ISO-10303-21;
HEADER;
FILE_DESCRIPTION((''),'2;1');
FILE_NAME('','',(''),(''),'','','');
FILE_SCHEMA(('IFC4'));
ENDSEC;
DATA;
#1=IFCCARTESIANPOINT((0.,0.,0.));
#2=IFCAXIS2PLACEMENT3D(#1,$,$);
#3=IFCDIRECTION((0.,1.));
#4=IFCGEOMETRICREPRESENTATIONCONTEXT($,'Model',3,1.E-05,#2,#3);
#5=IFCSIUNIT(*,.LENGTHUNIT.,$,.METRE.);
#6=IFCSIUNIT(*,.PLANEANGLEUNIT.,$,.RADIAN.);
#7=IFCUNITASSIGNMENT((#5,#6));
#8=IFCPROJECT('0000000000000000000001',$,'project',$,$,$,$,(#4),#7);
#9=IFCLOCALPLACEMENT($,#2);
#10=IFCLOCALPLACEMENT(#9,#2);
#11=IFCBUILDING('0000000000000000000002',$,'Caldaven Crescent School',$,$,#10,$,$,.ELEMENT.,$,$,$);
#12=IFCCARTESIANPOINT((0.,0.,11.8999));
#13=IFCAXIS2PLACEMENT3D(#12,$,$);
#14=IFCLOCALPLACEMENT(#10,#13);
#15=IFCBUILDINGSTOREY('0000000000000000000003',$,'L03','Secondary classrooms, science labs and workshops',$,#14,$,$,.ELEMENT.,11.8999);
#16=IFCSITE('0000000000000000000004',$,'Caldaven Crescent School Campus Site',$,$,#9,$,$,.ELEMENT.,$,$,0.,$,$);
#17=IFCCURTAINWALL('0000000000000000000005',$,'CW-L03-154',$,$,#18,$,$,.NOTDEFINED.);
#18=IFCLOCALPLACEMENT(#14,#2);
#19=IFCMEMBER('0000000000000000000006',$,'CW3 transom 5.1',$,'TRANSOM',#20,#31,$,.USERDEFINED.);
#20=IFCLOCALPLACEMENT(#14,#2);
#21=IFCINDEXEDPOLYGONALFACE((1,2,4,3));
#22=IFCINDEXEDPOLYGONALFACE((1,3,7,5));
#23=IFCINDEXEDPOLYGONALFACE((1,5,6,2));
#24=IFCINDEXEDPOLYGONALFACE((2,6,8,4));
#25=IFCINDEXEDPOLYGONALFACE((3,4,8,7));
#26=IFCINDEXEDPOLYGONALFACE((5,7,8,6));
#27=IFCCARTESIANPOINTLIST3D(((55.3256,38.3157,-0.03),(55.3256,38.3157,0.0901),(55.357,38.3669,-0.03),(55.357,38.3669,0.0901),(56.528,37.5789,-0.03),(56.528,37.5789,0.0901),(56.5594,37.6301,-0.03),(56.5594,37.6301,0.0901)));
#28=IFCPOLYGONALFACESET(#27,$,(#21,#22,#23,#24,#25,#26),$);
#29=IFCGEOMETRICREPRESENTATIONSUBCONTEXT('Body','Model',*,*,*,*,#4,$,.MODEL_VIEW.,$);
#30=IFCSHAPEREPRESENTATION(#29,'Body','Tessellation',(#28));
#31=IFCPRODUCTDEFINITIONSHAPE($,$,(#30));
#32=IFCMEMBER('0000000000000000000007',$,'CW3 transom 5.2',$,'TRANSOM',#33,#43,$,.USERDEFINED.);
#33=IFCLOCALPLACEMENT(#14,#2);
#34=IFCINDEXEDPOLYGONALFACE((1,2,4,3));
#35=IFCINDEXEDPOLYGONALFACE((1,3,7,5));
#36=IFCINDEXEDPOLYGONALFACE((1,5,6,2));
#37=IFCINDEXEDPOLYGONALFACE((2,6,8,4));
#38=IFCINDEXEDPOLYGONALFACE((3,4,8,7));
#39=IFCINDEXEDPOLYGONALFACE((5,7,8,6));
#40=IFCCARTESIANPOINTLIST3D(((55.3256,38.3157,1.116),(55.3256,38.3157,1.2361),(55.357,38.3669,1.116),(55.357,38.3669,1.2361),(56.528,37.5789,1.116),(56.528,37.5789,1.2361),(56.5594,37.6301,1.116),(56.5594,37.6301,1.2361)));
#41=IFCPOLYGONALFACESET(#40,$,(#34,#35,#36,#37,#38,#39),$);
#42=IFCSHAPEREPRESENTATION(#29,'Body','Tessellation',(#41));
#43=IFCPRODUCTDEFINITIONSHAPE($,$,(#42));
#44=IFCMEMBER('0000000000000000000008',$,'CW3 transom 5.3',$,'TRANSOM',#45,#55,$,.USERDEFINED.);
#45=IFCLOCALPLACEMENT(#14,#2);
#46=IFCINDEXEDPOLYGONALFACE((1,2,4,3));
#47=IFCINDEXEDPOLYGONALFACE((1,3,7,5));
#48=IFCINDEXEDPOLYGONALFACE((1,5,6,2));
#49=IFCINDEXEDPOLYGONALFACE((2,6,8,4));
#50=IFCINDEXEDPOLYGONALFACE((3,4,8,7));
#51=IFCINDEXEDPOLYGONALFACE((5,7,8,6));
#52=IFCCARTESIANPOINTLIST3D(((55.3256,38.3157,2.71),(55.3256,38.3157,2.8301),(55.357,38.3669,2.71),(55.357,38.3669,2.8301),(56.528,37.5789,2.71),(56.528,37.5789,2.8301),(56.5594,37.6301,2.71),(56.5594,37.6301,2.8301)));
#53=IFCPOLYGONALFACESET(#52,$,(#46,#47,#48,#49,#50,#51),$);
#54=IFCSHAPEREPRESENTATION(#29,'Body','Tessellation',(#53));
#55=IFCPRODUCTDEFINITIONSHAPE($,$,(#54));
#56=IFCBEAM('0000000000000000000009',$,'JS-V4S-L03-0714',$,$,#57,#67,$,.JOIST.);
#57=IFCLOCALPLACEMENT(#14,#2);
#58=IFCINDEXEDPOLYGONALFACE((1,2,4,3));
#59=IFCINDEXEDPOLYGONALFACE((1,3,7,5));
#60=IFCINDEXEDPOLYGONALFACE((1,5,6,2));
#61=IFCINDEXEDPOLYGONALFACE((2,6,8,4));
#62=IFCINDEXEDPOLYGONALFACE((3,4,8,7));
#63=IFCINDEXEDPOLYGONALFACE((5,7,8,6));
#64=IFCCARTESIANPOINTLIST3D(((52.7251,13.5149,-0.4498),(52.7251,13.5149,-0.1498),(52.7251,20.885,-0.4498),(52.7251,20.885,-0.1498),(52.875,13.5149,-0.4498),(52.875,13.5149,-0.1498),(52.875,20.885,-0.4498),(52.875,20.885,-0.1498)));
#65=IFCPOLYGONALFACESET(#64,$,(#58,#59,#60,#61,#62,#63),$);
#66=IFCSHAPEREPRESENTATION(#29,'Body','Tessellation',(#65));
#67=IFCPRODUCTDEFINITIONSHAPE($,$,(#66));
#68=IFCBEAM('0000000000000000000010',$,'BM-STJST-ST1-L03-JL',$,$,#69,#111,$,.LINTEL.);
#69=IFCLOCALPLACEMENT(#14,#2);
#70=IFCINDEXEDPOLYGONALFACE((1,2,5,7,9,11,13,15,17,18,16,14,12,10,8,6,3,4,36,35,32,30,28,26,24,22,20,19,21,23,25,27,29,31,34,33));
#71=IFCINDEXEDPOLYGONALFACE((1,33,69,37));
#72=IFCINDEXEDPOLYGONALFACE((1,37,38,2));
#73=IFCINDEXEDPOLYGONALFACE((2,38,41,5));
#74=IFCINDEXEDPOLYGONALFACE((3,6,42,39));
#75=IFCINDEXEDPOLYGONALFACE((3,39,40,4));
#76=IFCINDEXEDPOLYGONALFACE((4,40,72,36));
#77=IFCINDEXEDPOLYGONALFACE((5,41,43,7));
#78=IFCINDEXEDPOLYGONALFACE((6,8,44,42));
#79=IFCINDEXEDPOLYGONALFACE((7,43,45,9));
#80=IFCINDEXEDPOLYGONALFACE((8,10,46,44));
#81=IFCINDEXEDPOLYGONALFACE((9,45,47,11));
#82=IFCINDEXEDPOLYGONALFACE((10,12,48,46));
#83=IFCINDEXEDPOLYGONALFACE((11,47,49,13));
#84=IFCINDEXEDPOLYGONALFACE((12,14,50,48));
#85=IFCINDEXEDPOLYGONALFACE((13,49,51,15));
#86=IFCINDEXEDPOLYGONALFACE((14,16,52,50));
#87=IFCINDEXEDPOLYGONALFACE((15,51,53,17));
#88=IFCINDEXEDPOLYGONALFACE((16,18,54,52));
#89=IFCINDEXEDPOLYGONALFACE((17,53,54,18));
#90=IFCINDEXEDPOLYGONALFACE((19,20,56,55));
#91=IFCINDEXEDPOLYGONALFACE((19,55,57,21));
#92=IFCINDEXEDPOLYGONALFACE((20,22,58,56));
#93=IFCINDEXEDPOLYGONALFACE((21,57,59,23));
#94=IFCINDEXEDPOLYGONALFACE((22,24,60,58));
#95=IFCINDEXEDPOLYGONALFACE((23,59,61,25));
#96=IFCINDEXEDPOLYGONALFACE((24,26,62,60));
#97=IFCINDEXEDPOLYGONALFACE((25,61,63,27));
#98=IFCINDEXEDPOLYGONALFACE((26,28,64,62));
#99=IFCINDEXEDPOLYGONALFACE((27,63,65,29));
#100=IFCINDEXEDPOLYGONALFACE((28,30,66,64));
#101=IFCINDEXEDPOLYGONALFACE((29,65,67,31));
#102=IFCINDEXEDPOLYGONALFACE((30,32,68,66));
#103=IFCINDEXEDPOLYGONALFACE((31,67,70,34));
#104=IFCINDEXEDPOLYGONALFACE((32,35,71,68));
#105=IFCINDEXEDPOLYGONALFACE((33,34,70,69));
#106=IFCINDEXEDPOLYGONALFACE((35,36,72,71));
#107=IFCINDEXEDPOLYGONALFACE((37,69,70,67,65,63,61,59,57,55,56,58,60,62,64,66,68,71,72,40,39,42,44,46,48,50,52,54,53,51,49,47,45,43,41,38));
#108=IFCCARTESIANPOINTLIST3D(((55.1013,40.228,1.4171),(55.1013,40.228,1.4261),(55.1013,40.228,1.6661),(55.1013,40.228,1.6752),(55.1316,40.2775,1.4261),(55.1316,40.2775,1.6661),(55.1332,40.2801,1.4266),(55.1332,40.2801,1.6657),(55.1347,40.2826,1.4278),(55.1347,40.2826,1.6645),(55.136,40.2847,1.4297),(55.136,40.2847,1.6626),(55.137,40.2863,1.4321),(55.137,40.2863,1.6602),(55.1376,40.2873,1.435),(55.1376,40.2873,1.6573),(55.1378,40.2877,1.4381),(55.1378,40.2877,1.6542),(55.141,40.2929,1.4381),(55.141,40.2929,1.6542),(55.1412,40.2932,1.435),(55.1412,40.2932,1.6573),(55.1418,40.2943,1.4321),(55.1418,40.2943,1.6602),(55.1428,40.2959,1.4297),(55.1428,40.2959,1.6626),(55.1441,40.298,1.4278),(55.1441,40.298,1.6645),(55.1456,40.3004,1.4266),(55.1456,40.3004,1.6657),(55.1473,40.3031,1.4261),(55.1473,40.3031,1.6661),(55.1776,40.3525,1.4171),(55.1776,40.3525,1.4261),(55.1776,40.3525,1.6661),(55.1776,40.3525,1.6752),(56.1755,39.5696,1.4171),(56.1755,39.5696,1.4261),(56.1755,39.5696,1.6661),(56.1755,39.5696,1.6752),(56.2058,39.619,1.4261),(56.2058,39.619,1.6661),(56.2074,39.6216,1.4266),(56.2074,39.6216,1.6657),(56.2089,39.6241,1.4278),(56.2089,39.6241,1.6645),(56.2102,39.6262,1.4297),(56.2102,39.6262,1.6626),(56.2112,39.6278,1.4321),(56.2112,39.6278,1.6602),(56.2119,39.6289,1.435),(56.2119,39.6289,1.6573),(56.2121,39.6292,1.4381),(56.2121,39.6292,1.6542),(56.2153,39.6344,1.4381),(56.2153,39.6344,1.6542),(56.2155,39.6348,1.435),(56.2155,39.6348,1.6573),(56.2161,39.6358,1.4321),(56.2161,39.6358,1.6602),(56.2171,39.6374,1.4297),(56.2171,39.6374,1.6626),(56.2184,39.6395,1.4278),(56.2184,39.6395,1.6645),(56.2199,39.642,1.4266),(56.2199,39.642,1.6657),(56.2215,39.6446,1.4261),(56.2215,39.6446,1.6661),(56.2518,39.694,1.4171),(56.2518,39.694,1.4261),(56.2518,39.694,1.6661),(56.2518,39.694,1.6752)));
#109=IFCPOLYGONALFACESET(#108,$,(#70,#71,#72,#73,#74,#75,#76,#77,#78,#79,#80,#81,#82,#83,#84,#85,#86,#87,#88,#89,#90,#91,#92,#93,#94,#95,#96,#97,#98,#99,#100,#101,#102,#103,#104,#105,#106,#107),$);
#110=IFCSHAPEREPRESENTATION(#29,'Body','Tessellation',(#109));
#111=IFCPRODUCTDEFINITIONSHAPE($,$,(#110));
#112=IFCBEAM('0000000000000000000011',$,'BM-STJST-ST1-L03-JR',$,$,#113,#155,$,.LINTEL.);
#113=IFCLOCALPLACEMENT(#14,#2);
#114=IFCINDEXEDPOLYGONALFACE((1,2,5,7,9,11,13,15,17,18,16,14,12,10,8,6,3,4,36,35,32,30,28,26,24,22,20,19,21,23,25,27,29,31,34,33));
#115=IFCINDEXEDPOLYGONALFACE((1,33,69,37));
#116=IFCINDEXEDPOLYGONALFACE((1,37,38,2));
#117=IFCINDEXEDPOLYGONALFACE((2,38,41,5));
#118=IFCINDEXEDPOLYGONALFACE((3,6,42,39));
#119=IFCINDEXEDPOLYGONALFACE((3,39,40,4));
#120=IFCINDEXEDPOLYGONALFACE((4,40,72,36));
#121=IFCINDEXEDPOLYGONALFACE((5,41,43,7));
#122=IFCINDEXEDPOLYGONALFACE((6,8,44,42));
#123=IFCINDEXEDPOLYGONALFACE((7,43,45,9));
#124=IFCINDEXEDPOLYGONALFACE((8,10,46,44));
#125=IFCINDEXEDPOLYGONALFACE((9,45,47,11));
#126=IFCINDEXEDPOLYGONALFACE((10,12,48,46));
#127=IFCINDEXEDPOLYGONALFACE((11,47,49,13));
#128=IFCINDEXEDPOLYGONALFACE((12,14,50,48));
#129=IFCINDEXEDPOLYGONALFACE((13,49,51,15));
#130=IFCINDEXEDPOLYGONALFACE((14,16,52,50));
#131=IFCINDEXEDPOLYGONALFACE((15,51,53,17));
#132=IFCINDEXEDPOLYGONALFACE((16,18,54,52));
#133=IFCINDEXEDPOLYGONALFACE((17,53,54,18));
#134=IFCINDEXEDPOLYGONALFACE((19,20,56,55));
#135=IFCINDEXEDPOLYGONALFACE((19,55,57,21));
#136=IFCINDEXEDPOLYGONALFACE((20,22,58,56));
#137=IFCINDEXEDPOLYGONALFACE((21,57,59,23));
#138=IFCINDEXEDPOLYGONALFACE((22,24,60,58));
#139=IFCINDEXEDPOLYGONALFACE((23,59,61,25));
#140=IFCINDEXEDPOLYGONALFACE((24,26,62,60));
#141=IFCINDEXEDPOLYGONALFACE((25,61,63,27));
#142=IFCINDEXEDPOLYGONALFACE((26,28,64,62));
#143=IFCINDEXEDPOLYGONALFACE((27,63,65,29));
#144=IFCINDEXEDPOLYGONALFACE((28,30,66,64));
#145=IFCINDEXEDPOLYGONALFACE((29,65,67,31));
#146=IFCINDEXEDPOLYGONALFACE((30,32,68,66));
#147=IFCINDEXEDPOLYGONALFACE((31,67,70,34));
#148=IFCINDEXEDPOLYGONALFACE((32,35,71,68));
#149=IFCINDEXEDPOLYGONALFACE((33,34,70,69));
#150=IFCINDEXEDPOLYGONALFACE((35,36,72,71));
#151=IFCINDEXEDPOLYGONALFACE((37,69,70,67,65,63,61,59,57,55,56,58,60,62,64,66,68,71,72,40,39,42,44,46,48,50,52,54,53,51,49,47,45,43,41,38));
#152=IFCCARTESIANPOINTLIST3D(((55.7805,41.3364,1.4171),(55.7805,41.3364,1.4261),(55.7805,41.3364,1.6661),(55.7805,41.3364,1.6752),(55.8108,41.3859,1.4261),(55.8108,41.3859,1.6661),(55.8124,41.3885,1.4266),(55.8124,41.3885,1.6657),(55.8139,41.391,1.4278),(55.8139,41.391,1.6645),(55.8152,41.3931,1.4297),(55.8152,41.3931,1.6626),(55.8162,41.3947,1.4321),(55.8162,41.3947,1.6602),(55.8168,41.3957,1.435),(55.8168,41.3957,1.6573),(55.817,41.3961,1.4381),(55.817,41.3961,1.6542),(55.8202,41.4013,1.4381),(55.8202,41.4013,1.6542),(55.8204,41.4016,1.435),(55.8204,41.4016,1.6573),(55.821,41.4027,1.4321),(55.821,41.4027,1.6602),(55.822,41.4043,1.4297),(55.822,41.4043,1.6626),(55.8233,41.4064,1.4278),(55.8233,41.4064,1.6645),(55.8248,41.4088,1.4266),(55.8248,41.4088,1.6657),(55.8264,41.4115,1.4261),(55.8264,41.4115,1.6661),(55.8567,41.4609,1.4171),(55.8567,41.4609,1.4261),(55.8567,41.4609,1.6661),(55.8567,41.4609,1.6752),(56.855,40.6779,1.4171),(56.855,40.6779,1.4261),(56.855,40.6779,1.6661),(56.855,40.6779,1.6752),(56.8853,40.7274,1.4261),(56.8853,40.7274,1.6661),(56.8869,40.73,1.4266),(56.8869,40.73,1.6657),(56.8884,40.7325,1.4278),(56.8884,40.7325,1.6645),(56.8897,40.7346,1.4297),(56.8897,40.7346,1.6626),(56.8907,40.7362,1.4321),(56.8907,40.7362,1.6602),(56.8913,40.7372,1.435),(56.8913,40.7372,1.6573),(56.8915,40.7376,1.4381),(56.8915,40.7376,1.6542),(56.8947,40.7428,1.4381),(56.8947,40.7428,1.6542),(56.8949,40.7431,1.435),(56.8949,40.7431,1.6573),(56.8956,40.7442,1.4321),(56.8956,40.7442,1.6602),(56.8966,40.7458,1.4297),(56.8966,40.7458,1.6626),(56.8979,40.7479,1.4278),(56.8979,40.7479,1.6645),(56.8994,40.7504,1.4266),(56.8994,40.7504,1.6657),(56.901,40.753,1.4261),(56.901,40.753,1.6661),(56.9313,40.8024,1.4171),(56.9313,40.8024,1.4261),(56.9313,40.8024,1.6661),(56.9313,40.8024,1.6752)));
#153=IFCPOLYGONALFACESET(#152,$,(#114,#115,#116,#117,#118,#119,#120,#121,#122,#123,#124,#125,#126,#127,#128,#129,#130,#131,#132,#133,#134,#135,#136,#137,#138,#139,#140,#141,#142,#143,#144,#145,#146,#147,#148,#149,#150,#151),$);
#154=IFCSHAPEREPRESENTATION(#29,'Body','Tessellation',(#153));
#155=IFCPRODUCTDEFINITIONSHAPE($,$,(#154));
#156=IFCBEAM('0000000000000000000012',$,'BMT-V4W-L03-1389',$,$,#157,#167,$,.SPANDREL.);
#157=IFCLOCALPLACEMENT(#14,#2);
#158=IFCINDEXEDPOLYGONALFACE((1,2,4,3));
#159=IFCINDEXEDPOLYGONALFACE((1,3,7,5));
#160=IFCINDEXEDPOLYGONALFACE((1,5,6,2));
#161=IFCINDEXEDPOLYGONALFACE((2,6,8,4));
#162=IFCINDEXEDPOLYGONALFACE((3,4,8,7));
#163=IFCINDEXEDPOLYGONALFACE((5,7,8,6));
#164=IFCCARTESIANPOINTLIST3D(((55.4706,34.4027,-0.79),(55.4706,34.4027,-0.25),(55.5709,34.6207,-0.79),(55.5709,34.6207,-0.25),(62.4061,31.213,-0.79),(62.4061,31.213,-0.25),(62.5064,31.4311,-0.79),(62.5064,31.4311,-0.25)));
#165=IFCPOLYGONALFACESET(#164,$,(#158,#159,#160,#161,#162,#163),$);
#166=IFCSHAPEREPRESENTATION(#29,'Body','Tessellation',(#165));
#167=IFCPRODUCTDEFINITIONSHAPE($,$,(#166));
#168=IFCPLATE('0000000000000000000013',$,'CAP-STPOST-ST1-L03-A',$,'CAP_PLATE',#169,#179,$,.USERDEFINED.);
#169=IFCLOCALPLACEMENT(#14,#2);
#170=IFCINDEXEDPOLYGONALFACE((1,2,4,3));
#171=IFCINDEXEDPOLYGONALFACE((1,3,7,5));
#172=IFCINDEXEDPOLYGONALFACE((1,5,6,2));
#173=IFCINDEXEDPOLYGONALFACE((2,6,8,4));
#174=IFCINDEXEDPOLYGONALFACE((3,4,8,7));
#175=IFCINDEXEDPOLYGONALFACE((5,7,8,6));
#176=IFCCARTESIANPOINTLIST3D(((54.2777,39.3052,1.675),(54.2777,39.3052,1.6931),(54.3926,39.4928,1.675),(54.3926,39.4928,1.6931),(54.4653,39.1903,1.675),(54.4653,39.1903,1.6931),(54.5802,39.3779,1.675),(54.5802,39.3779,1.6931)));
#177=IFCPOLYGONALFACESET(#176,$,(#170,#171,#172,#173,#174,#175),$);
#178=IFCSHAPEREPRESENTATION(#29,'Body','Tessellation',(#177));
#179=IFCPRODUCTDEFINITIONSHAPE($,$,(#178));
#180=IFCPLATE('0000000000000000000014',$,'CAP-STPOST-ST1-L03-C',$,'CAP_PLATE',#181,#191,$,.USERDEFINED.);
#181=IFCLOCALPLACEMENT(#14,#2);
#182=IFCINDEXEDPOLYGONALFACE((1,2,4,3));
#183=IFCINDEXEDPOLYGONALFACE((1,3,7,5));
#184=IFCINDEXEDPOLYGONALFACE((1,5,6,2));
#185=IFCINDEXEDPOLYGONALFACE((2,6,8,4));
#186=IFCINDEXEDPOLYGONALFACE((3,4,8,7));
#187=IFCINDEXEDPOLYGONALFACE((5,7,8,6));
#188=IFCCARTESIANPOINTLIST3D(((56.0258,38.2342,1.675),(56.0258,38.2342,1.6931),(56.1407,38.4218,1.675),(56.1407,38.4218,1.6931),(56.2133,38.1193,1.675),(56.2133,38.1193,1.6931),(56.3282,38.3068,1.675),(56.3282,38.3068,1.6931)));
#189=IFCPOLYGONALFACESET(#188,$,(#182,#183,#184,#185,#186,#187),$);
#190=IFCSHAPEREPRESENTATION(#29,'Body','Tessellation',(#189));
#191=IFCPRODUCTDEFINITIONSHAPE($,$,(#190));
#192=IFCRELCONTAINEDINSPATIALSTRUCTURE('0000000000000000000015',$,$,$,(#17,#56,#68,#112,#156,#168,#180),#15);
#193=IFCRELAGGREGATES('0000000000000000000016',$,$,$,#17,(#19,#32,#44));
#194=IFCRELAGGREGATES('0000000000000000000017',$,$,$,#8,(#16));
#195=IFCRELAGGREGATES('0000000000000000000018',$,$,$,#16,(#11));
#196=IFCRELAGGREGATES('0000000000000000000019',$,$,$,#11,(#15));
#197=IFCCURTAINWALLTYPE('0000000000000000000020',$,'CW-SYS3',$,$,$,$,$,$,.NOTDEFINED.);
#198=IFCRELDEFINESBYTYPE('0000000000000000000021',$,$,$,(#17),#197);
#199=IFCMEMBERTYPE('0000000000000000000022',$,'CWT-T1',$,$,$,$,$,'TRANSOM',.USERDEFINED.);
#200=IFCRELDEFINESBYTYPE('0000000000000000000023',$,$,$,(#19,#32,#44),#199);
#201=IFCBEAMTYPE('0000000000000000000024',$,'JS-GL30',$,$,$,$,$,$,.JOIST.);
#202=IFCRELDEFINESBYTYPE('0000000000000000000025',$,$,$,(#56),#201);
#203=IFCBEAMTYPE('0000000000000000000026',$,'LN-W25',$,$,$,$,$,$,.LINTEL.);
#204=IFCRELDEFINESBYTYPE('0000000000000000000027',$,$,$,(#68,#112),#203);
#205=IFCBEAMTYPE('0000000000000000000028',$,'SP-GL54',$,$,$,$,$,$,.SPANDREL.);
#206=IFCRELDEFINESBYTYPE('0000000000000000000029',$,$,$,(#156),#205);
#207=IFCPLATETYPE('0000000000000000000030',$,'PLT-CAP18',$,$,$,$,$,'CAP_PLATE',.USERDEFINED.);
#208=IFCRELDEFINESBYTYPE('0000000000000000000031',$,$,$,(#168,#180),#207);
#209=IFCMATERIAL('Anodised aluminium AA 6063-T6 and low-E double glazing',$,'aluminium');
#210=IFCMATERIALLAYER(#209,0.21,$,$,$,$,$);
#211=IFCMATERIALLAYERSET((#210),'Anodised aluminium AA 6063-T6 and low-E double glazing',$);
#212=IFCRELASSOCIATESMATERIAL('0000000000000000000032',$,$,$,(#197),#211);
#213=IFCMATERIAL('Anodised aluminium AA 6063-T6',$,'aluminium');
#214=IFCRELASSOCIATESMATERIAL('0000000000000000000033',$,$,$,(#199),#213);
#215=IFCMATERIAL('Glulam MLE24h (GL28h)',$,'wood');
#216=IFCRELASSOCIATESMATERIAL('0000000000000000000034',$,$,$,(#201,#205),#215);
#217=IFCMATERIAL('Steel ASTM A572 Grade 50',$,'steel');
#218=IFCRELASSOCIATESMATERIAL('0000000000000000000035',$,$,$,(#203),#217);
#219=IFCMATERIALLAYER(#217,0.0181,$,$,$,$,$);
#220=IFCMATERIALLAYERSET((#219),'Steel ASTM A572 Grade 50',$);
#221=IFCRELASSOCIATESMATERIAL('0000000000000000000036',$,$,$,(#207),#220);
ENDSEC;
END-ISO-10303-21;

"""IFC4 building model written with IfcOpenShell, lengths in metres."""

from ifc_helpers import new_model, si_unit, direction, frame, origin, origin_2d, place, context, subcontext, project, spatial, rectangle, i_section, extrude, material, layer, layer_set, material_profile, profile_set, type_object, element, aggregate, save


model = new_model("IFC4")

# Units and contexts
model_context = context("Model", 3, precision=1e-05, world=origin(), true_north=direction((0.0, 1.0)))
body_context = subcontext(model_context, "Body", "Model", "MODEL_VIEW")
ifc_project = project(units=[si_unit("LENGTHUNIT", "METRE"), si_unit("PLANEANGLEUNIT", "RADIAN")], contexts=[model_context])

# Site, building, storey
site_placement = place(None, origin())
site = spatial("IfcSite", under=ifc_project, at=site_placement, Name="Caldaven Crescent School Campus Site", CompositionType="ELEMENT", RefElevation=0.0)
building_placement = place(site_placement, origin())
building = spatial("IfcBuilding", under=site, at=building_placement, Name="Caldaven Crescent School", CompositionType="ELEMENT")
storey_placement = place(building_placement, frame((0.0, 0.0, 11.8999)))
storey = spatial("IfcBuildingStorey", under=building, at=storey_placement, Name="L03", Description="Secondary classrooms, science labs and workshops", CompositionType="ELEMENT", Elevation=11.8999)

# Shared definitions
ifc_material_1 = material(Name="Steel ASTM A572 Grade 50", Category="steel")

# Curtain wall, members
ifc_material_2 = material(Name="Anodised aluminium AA 6063-T6 and low-E double glazing", Category="aluminium")
ifc_layer_1 = layer(ifc_material_2, 0.21)
ifc_layer_set_1 = layer_set([ifc_layer_1], Name="Anodised aluminium AA 6063-T6 and low-E double glazing")
curtain_wall_type = type_object("IfcCurtainWallType", Name="CW-SYS3", PredefinedType="NOTDEFINED", material=ifc_layer_set_1)
curtain_wall_placement = place(storey_placement, origin())
curtain_wall = element("IfcCurtainWall", 1, at=curtain_wall_placement, inside=storey, type_object=curtain_wall_type, Name="CW-L03-154", PredefinedType="NOTDEFINED")
ifc_material_3 = material(Name="Anodised aluminium AA 6063-T6", Category="aluminium")
ifc_material_profile_1 = material_profile(ifc_material_3, rectangle(XDim=0.0601, YDim=0.1201, at=origin_2d()), Name="CWT 60x120")
ifc_profile_set_1 = profile_set([ifc_material_profile_1], Name="Anodised aluminium AA 6063-T6")
member_type_1 = type_object("IfcMemberType", Name="CWT-T1", ElementType="TRANSOM", PredefinedType="USERDEFINED", material=ifc_profile_set_1)
member_1_placement = place(storey_placement, frame((55.3413, 38.3413, 0.03), z_axis=(0.852644, -0.522493, 0.0), x_axis=(0.522493, 0.852644, 0.0)))
member_1 = element("IfcMember", 2, at=member_1_placement, type_object=member_type_1, Name="CW3 transom 5.1", ObjectType="TRANSOM", PredefinedType="USERDEFINED", context=body_context, shape_type="SweptSolid", body=[
    extrude(rectangle(XDim=0.0601, YDim=0.1201, at=origin_2d()), origin(), (0.0, 0.0, 1.0), 1.4102),
])
member_2_placement = place(storey_placement, frame((55.3413, 38.3413, 1.176), z_axis=(0.852644, -0.522493, 0.0), x_axis=(0.522493, 0.852644, 0.0)))
member_2 = element("IfcMember", 3, at=member_2_placement, type_object=member_type_1, Name="CW3 transom 5.2", ObjectType="TRANSOM", PredefinedType="USERDEFINED", context=body_context, shape_type="SweptSolid", body=[
    extrude(rectangle(XDim=0.0601, YDim=0.1201, at=origin_2d()), origin(), (0.0, 0.0, 1.0), 1.4102),
])
member_3_placement = place(storey_placement, frame((55.3413, 38.3413, 2.77), z_axis=(0.852644, -0.522493, 0.0), x_axis=(0.522493, 0.852644, 0.0)))
member_3 = element("IfcMember", 4, at=member_3_placement, type_object=member_type_1, Name="CW3 transom 5.3", ObjectType="TRANSOM", PredefinedType="USERDEFINED", context=body_context, shape_type="SweptSolid", body=[
    extrude(rectangle(XDim=0.0601, YDim=0.1201, at=origin_2d()), origin(), (0.0, 0.0, 1.0), 1.4102),
])

# Beams
ifc_material_4 = material(Name="Glulam MLE24h (GL28h)", Category="wood")
ifc_material_profile_2 = material_profile(ifc_material_4, rectangle(XDim=0.1499, YDim=0.3, at=origin_2d()), Name="MLE 150x300")
ifc_profile_set_2 = profile_set([ifc_material_profile_2], Name="Glulam MLE24h (GL28h)")
beam_type_1 = type_object("IfcBeamType", Name="JS-GL30", PredefinedType="JOIST", material=ifc_profile_set_2)
beam_1_placement = place(storey_placement, frame((52.8, 13.5149, -0.2998), z_axis=(0.0, 1.0, 0.0), x_axis=(-1.0, 0.0, 0.0)))
element("IfcBeam", 5, at=beam_1_placement, inside=storey, type_object=beam_type_1, Name="JS-V4S-L03-0714", PredefinedType="JOIST", context=body_context, shape_type="SweptSolid", body=[
    extrude(rectangle(XDim=0.1499, YDim=0.3, at=origin_2d()), origin(), (0.0, 0.0, 1.0), 7.3701),
])
ifc_material_profile_3 = material_profile(ifc_material_1, i_section(OverallWidth=0.146, OverallDepth=0.2581, WebThickness=0.0061, FlangeThickness=0.009, FilletRadius=0.012, at=origin_2d()), Name="W250x33")
ifc_profile_set_3 = profile_set([ifc_material_profile_3], Name="Steel ASTM A572 Grade 50")
beam_type_2 = type_object("IfcBeamType", Name="LN-W25", PredefinedType="LINTEL", material=ifc_profile_set_3)
beam_2_placement = place(storey_placement, frame((55.1394, 40.2903, 1.5461), z_axis=(0.852582, -0.522594, 0.0), x_axis=(0.522594, 0.852582, 0.0)))
element("IfcBeam", 6, at=beam_2_placement, inside=storey, type_object=beam_type_2, Name="BM-STJST-ST1-L03-JL", PredefinedType="LINTEL", context=body_context, shape_type="SweptSolid", body=[
    extrude(i_section(OverallWidth=0.146, OverallDepth=0.2581, WebThickness=0.0061, FlangeThickness=0.009, FilletRadius=0.012, at=origin_2d()), origin(), (0.0, 0.0, 1.0), 1.26),
])
beam_3_placement = place(storey_placement, frame((55.8186, 41.3987, 1.5461), z_axis=(0.852635, -0.522508, 0.0), x_axis=(0.522508, 0.852635, 0.0)))
element("IfcBeam", 7, at=beam_3_placement, inside=storey, type_object=beam_type_2, Name="BM-STJST-ST1-L03-JR", PredefinedType="LINTEL", context=body_context, shape_type="SweptSolid", body=[
    extrude(i_section(OverallWidth=0.146, OverallDepth=0.2581, WebThickness=0.0061, FlangeThickness=0.009, FilletRadius=0.012, at=origin_2d()), origin(), (0.0, 0.0, 1.0), 1.2603),
])
ifc_material_profile_4 = material_profile(ifc_material_4, rectangle(XDim=0.24, YDim=0.54, at=origin_2d()), Name="MLE 240x540")
ifc_profile_set_4 = profile_set([ifc_material_profile_4], Name="Glulam MLE24h (GL28h)")
beam_type_3 = type_object("IfcBeamType", Name="SP-GL54", PredefinedType="SPANDREL", material=ifc_profile_set_4)
beam_4_placement = place(storey_placement, frame((55.5208, 34.5117, -0.52), z_axis=(0.908523, -0.417835, 0.0), x_axis=(0.417835, 0.908523, 0.0)))
element("IfcBeam", 8, at=beam_4_placement, inside=storey, type_object=beam_type_3, Name="BMT-V4W-L03-1389", PredefinedType="SPANDREL", context=body_context, shape_type="SweptSolid", body=[
    extrude(rectangle(XDim=0.24, YDim=0.54, at=origin_2d()), origin(), (0.0, 0.0, 1.0), 7.6338),
])

# Plates
ifc_layer_2 = layer(ifc_material_1, 0.0181)
ifc_layer_set_2 = layer_set([ifc_layer_2], Name="Steel ASTM A572 Grade 50")
plate_type_1 = type_object("IfcPlateType", Name="PLT-CAP18", ElementType="CAP_PLATE", PredefinedType="USERDEFINED", material=ifc_layer_set_2)
for number, where, z_axis, x_axis, name in (
    (9, (54.429, 39.3416, 1.675), (0.0, 0.0, 1.0), (0.85264, -0.522499, 0.0), "CAP-STPOST-ST1-L03-A"),
    (10, (56.177, 38.2705, 1.675), (0.0, 0.0, 1.0), (0.85264, -0.522499, 0.0), "CAP-STPOST-ST1-L03-C"),
):
    element("IfcPlate", number, at=place(storey_placement, frame(where, z_axis=z_axis, x_axis=x_axis)), inside=storey, type_object=plate_type_1, Name=name, ObjectType="CAP_PLATE", PredefinedType="USERDEFINED", context=body_context, shape_type="SweptSolid", body=[
        extrude(rectangle(XDim=0.22, YDim=0.22, at=origin_2d()), origin(), (0.0, 0.0, 1.0), 0.0181),
    ])

aggregate(curtain_wall, [member_1, member_2, member_3])

save(model, "model.ifc")
